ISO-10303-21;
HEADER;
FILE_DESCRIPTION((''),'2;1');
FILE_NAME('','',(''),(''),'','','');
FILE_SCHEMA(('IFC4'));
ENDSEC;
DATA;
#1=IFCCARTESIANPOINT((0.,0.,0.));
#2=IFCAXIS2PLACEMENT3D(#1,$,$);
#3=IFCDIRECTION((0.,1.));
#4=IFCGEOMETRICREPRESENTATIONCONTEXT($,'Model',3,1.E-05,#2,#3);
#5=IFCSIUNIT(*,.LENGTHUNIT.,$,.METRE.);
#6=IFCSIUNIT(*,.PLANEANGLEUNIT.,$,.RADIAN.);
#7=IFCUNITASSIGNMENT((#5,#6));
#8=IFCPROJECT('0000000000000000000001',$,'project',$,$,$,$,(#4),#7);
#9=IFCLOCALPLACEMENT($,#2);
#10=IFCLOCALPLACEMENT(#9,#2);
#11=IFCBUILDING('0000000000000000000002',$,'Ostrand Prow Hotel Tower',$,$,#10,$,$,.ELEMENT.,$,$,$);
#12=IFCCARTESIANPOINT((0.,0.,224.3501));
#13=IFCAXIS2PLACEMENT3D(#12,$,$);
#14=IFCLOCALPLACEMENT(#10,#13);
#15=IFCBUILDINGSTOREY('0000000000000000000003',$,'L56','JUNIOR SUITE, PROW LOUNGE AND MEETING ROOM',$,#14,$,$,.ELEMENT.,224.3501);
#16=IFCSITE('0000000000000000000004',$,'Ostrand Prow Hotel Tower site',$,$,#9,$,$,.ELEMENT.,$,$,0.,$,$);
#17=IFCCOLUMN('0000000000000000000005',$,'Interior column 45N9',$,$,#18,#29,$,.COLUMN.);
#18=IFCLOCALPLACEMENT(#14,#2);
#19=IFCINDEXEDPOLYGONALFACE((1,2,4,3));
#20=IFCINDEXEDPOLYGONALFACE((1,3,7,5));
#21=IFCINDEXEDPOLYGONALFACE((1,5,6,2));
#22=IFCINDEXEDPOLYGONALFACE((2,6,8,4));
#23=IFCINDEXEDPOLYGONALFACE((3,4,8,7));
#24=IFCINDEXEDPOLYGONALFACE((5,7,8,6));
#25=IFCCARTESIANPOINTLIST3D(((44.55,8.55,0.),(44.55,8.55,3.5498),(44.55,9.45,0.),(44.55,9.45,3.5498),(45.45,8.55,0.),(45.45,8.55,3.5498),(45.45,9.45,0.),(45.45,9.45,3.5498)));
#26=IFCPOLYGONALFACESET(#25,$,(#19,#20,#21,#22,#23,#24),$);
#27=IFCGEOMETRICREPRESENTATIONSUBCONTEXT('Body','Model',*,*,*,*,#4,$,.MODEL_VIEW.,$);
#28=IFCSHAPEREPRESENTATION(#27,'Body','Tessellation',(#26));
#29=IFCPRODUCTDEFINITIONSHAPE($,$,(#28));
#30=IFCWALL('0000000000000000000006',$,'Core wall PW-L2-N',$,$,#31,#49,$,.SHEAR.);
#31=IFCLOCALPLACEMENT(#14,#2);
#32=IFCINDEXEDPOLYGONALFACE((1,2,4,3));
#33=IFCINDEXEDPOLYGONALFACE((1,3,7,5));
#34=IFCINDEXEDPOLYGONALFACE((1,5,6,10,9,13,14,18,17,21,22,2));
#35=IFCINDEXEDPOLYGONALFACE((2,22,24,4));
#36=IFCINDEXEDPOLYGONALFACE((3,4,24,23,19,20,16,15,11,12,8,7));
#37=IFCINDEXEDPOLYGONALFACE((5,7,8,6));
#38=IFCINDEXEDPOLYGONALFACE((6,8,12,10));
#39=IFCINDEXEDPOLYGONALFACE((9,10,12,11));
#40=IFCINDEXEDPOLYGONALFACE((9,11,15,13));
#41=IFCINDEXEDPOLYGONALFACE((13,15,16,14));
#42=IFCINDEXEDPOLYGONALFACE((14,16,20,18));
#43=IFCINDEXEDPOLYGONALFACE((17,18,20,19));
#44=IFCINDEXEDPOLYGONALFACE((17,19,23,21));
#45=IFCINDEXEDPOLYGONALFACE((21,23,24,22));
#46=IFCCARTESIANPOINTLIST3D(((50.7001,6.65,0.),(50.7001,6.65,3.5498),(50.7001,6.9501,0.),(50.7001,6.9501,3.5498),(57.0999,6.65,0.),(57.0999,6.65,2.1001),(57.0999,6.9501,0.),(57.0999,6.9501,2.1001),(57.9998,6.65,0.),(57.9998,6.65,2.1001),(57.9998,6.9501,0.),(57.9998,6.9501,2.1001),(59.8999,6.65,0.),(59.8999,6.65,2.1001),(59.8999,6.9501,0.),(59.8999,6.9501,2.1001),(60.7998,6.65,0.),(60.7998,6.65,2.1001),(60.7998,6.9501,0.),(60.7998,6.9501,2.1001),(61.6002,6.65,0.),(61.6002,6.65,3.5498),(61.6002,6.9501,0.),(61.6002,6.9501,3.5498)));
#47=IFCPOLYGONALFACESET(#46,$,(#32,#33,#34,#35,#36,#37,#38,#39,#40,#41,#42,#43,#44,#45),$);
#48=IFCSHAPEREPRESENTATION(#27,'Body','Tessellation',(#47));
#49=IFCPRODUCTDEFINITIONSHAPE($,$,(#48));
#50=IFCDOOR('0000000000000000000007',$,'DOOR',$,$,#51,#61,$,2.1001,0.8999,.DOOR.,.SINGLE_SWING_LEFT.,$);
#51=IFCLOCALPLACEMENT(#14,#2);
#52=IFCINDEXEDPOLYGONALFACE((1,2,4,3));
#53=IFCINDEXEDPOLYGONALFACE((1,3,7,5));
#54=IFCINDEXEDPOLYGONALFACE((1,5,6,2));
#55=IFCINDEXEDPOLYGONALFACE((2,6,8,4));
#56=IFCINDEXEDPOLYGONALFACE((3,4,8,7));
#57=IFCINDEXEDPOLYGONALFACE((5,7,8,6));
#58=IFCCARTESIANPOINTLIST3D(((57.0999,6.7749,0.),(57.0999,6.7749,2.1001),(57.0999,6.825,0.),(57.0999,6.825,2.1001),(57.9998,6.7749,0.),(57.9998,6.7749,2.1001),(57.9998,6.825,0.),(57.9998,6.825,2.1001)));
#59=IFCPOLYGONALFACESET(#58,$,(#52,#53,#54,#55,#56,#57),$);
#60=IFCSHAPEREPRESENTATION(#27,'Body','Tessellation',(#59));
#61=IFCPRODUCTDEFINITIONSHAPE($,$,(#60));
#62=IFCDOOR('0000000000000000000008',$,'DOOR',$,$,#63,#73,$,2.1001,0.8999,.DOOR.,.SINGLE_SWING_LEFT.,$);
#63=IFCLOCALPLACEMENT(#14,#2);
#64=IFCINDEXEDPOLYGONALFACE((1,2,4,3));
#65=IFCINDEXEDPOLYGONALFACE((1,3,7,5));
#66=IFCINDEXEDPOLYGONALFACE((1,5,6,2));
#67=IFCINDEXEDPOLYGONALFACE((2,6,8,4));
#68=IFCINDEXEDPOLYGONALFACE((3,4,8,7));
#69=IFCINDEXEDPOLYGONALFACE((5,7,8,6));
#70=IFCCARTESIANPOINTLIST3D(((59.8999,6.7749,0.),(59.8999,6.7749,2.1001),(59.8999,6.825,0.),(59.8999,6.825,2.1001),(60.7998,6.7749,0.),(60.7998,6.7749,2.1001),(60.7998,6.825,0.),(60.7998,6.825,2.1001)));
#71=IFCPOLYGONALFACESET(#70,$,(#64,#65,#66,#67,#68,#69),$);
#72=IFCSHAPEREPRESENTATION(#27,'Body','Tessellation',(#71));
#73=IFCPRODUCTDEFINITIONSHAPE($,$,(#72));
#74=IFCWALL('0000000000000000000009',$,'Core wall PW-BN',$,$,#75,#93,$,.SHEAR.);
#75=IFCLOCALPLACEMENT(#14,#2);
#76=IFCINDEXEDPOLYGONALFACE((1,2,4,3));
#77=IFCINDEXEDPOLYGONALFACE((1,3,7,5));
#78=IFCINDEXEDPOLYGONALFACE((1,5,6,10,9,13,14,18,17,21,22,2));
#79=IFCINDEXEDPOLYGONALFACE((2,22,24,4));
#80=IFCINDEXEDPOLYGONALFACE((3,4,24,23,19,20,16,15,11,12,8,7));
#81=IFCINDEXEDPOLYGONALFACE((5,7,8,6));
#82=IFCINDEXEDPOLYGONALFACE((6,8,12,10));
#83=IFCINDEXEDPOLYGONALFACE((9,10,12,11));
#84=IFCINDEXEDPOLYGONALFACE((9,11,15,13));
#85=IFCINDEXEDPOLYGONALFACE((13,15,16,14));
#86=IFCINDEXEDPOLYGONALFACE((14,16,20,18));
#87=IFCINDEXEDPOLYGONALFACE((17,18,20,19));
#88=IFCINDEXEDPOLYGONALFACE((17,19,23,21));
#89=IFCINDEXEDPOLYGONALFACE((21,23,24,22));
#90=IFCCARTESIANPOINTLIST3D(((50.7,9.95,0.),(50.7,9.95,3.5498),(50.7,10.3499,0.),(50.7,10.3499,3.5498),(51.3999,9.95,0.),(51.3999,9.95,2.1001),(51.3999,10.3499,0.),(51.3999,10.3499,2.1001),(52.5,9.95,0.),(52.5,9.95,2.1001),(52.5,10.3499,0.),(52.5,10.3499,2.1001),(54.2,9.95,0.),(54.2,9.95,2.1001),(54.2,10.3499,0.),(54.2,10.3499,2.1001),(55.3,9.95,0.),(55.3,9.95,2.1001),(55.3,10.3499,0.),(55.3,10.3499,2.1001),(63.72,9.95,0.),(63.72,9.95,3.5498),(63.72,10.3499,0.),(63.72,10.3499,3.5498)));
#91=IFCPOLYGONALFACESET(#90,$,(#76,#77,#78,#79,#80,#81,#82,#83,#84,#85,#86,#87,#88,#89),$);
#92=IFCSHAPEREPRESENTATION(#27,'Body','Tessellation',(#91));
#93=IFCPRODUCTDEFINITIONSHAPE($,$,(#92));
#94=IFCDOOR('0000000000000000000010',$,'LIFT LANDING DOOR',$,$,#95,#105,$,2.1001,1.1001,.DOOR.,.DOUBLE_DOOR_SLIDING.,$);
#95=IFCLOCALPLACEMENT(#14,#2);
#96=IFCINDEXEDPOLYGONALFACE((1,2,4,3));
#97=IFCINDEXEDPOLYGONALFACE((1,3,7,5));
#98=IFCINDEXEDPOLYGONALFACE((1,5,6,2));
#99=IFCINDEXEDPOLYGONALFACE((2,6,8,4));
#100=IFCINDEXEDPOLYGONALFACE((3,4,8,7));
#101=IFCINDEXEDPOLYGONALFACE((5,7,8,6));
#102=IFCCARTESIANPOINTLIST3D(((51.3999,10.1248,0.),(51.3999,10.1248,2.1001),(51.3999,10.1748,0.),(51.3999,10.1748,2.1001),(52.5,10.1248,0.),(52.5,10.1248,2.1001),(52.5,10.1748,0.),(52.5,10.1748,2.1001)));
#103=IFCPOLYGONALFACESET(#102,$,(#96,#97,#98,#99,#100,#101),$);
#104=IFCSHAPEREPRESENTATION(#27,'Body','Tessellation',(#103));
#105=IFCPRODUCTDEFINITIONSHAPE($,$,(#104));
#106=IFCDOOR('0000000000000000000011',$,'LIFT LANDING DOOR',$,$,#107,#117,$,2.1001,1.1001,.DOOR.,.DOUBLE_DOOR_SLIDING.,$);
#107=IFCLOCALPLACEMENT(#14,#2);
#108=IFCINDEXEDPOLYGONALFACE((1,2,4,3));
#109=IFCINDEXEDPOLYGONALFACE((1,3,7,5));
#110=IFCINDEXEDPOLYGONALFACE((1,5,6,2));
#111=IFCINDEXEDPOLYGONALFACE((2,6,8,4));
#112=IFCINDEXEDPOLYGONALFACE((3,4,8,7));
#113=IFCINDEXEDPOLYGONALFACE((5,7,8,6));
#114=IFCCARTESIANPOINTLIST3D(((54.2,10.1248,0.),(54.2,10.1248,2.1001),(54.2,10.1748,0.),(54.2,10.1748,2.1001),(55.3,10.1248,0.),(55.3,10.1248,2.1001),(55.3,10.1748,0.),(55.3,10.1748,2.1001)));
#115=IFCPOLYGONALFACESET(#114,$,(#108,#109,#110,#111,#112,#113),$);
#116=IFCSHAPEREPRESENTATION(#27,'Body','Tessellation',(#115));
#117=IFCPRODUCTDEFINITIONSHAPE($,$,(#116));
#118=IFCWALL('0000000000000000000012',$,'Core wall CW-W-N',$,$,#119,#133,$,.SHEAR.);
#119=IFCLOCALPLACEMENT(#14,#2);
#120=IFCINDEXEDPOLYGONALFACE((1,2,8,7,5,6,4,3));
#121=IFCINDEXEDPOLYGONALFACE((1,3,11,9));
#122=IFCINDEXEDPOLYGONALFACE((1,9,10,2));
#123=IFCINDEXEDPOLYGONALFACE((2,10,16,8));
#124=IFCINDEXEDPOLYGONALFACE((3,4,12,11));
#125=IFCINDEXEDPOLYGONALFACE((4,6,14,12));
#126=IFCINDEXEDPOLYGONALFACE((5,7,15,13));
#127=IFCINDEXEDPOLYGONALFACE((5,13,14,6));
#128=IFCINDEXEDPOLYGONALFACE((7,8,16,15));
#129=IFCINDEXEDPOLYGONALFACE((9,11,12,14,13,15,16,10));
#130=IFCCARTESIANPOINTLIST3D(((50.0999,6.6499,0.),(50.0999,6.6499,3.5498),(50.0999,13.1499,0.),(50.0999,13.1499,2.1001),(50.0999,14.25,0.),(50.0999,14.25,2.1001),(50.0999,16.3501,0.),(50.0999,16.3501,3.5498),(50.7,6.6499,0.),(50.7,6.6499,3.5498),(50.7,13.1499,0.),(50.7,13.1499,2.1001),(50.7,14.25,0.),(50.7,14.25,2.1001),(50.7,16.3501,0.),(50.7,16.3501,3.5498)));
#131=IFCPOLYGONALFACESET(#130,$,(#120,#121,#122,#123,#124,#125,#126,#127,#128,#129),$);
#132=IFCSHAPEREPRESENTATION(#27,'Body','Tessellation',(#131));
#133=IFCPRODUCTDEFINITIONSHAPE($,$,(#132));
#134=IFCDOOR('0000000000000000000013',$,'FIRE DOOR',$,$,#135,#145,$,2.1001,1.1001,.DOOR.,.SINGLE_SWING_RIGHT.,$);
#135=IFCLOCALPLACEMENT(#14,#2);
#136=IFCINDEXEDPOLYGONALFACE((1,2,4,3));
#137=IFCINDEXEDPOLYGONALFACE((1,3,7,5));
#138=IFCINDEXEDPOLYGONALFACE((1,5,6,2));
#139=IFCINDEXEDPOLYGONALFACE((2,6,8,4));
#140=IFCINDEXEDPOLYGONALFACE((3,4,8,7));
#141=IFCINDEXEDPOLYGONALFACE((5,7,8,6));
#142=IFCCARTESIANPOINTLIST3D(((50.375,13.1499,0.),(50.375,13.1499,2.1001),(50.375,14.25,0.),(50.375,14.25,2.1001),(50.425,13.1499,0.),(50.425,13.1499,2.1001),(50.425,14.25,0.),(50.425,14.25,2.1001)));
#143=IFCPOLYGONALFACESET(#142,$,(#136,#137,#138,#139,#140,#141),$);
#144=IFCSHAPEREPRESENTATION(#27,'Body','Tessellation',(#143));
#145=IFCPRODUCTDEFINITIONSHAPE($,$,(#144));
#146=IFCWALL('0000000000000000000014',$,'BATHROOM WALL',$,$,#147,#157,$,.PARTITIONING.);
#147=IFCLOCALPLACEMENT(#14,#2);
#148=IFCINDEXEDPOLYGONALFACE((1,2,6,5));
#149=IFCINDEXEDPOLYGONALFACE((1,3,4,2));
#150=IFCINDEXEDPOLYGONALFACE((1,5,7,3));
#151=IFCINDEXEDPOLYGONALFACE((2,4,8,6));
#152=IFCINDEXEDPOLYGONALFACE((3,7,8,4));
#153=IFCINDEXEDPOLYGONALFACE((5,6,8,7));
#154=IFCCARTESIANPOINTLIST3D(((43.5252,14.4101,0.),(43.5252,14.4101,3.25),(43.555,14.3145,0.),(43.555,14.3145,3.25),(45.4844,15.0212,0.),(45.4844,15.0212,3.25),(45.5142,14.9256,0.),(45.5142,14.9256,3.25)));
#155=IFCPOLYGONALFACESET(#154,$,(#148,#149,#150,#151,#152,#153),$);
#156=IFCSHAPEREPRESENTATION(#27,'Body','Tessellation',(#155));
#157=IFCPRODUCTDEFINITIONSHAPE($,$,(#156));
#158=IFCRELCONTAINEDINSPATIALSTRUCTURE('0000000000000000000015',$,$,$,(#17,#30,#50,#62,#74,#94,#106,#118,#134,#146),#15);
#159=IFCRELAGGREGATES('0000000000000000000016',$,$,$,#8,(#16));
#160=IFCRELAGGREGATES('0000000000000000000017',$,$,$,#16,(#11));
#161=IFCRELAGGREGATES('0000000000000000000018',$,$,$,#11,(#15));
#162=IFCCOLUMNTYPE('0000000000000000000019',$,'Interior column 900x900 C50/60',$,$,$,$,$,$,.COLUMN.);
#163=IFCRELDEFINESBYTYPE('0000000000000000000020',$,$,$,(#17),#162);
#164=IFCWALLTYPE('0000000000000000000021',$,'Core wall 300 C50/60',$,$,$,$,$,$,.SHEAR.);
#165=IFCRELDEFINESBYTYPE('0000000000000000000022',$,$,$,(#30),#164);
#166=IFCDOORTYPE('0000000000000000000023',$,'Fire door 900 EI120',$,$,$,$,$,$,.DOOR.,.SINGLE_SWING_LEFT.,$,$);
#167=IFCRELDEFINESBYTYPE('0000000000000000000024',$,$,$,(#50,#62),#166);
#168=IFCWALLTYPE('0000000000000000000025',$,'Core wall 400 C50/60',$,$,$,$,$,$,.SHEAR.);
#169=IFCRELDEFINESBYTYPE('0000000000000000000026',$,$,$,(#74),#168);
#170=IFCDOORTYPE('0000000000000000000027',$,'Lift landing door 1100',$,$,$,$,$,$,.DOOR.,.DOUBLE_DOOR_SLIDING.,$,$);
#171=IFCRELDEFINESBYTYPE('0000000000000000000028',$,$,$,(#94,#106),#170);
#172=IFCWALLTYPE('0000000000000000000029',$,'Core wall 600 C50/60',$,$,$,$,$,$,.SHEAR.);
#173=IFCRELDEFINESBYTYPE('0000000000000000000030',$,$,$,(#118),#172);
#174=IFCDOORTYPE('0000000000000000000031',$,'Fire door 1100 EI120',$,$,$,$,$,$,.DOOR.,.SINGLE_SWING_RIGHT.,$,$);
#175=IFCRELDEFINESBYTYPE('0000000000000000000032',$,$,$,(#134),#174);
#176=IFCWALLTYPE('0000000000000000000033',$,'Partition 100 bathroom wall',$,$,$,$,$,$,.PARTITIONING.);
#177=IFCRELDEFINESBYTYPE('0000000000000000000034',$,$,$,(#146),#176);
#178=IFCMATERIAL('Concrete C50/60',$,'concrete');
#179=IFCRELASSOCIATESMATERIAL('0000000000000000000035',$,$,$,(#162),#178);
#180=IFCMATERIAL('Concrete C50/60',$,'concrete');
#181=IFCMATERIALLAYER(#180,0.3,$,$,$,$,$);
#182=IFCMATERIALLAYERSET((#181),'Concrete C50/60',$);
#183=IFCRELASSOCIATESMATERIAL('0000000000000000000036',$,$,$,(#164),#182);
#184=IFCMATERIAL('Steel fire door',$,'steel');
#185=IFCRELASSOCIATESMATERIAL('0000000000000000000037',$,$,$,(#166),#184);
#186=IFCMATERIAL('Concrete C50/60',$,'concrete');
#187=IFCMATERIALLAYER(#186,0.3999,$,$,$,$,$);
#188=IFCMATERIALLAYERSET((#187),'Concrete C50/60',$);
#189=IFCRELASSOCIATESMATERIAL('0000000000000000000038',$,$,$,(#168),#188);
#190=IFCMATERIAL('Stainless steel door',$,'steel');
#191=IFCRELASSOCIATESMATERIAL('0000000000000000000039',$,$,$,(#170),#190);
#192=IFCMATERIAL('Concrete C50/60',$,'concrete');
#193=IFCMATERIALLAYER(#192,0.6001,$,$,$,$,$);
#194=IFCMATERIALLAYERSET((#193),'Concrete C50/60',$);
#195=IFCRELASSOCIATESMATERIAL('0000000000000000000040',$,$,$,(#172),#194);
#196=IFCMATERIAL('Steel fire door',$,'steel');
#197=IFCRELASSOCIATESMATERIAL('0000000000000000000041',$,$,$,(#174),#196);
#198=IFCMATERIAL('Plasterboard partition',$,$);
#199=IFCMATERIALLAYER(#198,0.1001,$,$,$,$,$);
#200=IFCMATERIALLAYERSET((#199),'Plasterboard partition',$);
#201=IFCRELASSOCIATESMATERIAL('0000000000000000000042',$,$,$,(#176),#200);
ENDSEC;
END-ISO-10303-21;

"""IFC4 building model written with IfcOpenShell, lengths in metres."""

from ifc_helpers import new_model, si_unit, direction, frame, frame_2d, origin, origin_2d, place, context, subcontext, project, spatial, rectangle, extrude, material, layer, layer_set, material_profile, profile_set, type_object, element, fill, save


model = new_model("IFC4")

# Units and contexts
model_context = context("Model", 3, precision=1e-05, world=origin(), true_north=direction((0.0, 1.0)))
body_context = subcontext(model_context, "Body", "Model", "MODEL_VIEW")
ifc_project = project(units=[si_unit("LENGTHUNIT", "METRE"), si_unit("PLANEANGLEUNIT", "RADIAN")], contexts=[model_context])

# Site, building, storey
site_placement = place(None, origin())
site = spatial("IfcSite", under=ifc_project, at=site_placement, Name="Ostrand Prow Hotel Tower site", CompositionType="ELEMENT", RefElevation=0.0)
building_placement = place(site_placement, origin())
building = spatial("IfcBuilding", under=site, at=building_placement, Name="Ostrand Prow Hotel Tower", CompositionType="ELEMENT")
storey_placement = place(building_placement, frame((0.0, 0.0, 224.3501)))
storey = spatial("IfcBuildingStorey", under=building, at=storey_placement, Name="L56", Description="JUNIOR SUITE, PROW LOUNGE AND MEETING ROOM", CompositionType="ELEMENT", Elevation=224.3501)

# Column
ifc_material_1 = material(Name="Concrete C50/60", Category="concrete")
ifc_material_profile = material_profile(ifc_material_1, rectangle(XDim=0.8999, YDim=0.8999, at=origin_2d()), Name="RC 900x900")
ifc_profile_set = profile_set([ifc_material_profile], Name="Concrete C50/60")
column_type = type_object("IfcColumnType", Name="Interior column 900x900 C50/60", PredefinedType="COLUMN", material=ifc_profile_set)
column_placement = place(storey_placement, frame((45.0, 9.0, 0.0), z_axis=(0.0, 0.0, 1.0), x_axis=(1.0, 0.0, 0.0)))
element("IfcColumn", 1, at=column_placement, inside=storey, type_object=column_type, Name="Interior column 45N9", PredefinedType="COLUMN", context=body_context, shape_type="SweptSolid", body=[
    extrude(rectangle(XDim=0.8999, YDim=0.8999, at=origin_2d()), origin(), (0.0, 0.0, 1.0), 3.5498),
])

# Walls, openings, doors
ifc_material_2 = material(Name="Concrete C50/60", Category="concrete")
ifc_layer_1 = layer(ifc_material_2, 0.3)
ifc_layer_set_1 = layer_set([ifc_layer_1], Name="Concrete C50/60")
wall_type_1 = type_object("IfcWallType", Name="Core wall 300 C50/60", PredefinedType="SHEAR", material=ifc_layer_set_1)
wall_1_placement = place(storey_placement, frame((50.7, 6.8, 0.0), z_axis=(0.0, 0.0, 1.0), x_axis=(1.0, 0.0, 0.0)))
wall_1 = element("IfcWall", 2, at=wall_1_placement, inside=storey, type_object=wall_type_1, Name="Core wall PW-L2-N", PredefinedType="SHEAR", context=body_context, shape_type="SweptSolid", body=[
    extrude(rectangle(XDim=10.9001, YDim=0.3, at=frame_2d((5.4502, 0.0))), origin(), (0.0, 0.0, 1.0), 3.5498),
])
opening_1_placement = place(wall_1_placement, frame((6.3999, 0.0, 0.0)))
opening_1 = element("IfcOpeningElement", 3, at=opening_1_placement, cuts=wall_1, PredefinedType="OPENING", context=body_context, shape_type="SweptSolid", body=[
    extrude(rectangle(XDim=0.8999, YDim=2.1001, at=frame_2d((0.45, 1.05))), frame((0.0, 0.1599, 0.0), z_axis=(0.0, -1.0, 0.0), x_axis=(1.0, 0.0, 0.0)), (0.0, 0.0, 1.0), 0.3201),
])
opening_2_placement = place(wall_1_placement, frame((9.2, 0.0, 0.0)))
opening_2 = element("IfcOpeningElement", 4, at=opening_2_placement, cuts=wall_1, PredefinedType="OPENING", context=body_context, shape_type="SweptSolid", body=[
    extrude(rectangle(XDim=0.8999, YDim=2.1001, at=frame_2d((0.45, 1.05))), frame((0.0, 0.1599, 0.0), z_axis=(0.0, -1.0, 0.0), x_axis=(1.0, 0.0, 0.0)), (0.0, 0.0, 1.0), 0.3201),
])
ifc_material_3 = material(Name="Steel fire door", Category="steel")
door_type_1 = type_object("IfcDoorType", Name="Fire door 900 EI120", OperationType="SINGLE_SWING_LEFT", PredefinedType="DOOR", material=ifc_material_3)
door_1_placement = place(opening_1_placement, origin())
door_1 = element("IfcDoor", 5, at=door_1_placement, inside=storey, type_object=door_type_1, Name="DOOR", OperationType="SINGLE_SWING_LEFT", OverallHeight=2.1001, OverallWidth=0.8999, PredefinedType="DOOR", context=body_context, shape_type="SweptSolid", body=[
    extrude(rectangle(XDim=0.8999, YDim=2.1001, at=frame_2d((0.45, 1.05))), frame((0.0, 0.0249, 0.0), z_axis=(0.0, -1.0, 0.0), x_axis=(1.0, 0.0, 0.0)), (0.0, 0.0, 1.0), 0.05),
])
fill(opening_1, door_1)
door_2_placement = place(opening_2_placement, origin())
door_2 = element("IfcDoor", 6, at=door_2_placement, inside=storey, type_object=door_type_1, Name="DOOR", OperationType="SINGLE_SWING_LEFT", OverallHeight=2.1001, OverallWidth=0.8999, PredefinedType="DOOR", context=body_context, shape_type="SweptSolid", body=[
    extrude(rectangle(XDim=0.8999, YDim=2.1001, at=frame_2d((0.45, 1.05))), frame((0.0, 0.0249, 0.0), z_axis=(0.0, -1.0, 0.0), x_axis=(1.0, 0.0, 0.0)), (0.0, 0.0, 1.0), 0.05),
])
fill(opening_2, door_2)
ifc_material_4 = material(Name="Concrete C50/60", Category="concrete")
ifc_layer_2 = layer(ifc_material_4, 0.3999)
ifc_layer_set_2 = layer_set([ifc_layer_2], Name="Concrete C50/60")
wall_type_2 = type_object("IfcWallType", Name="Core wall 400 C50/60", PredefinedType="SHEAR", material=ifc_layer_set_2)
wall_2_placement = place(storey_placement, frame((50.7, 10.1499, 0.0), z_axis=(0.0, 0.0, 1.0), x_axis=(1.0, 0.0, 0.0)))
wall_2 = element("IfcWall", 7, at=wall_2_placement, inside=storey, type_object=wall_type_2, Name="Core wall PW-BN", PredefinedType="SHEAR", context=body_context, shape_type="SweptSolid", body=[
    extrude(rectangle(XDim=13.02, YDim=0.3999, at=frame_2d((6.51, 0.0))), origin(), (0.0, 0.0, 1.0), 3.5498),
])
opening_3_placement = place(wall_2_placement, frame((0.7, 0.0, 0.0)))
opening_3 = element("IfcOpeningElement", 8, at=opening_3_placement, cuts=wall_2, PredefinedType="OPENING", context=body_context, shape_type="SweptSolid", body=[
    extrude(rectangle(XDim=1.1001, YDim=2.1001, at=frame_2d((0.55, 1.05))), frame((0.0, 0.21, 0.0), z_axis=(0.0, -1.0, 0.0), x_axis=(1.0, 0.0, 0.0)), (0.0, 0.0, 1.0), 0.4199),
])
opening_4_placement = place(wall_2_placement, frame((3.5, 0.0, 0.0)))
opening_4 = element("IfcOpeningElement", 9, at=opening_4_placement, cuts=wall_2, PredefinedType="OPENING", context=body_context, shape_type="SweptSolid", body=[
    extrude(rectangle(XDim=1.1001, YDim=2.1001, at=frame_2d((0.55, 1.05))), frame((0.0, 0.21, 0.0), z_axis=(0.0, -1.0, 0.0), x_axis=(1.0, 0.0, 0.0)), (0.0, 0.0, 1.0), 0.4199),
])
ifc_material_5 = material(Name="Stainless steel door", Category="steel")
door_type_2 = type_object("IfcDoorType", Name="Lift landing door 1100", OperationType="DOUBLE_DOOR_SLIDING", PredefinedType="DOOR", material=ifc_material_5)
door_3_placement = place(opening_3_placement, origin())
door_3 = element("IfcDoor", 10, at=door_3_placement, inside=storey, type_object=door_type_2, Name="LIFT LANDING DOOR", OperationType="DOUBLE_DOOR_SLIDING", OverallHeight=2.1001, OverallWidth=1.1001, PredefinedType="DOOR", context=body_context, shape_type="SweptSolid", body=[
    extrude(rectangle(XDim=1.1001, YDim=2.1001, at=frame_2d((0.55, 1.05))), frame((0.0, 0.0249, 0.0), z_axis=(0.0, -1.0, 0.0), x_axis=(1.0, 0.0, 0.0)), (0.0, 0.0, 1.0), 0.05),
])
fill(opening_3, door_3)
door_4_placement = place(opening_4_placement, origin())
door_4 = element("IfcDoor", 11, at=door_4_placement, inside=storey, type_object=door_type_2, Name="LIFT LANDING DOOR", OperationType="DOUBLE_DOOR_SLIDING", OverallHeight=2.1001, OverallWidth=1.1001, PredefinedType="DOOR", context=body_context, shape_type="SweptSolid", body=[
    extrude(rectangle(XDim=1.1001, YDim=2.1001, at=frame_2d((0.55, 1.05))), frame((0.0, 0.0249, 0.0), z_axis=(0.0, -1.0, 0.0), x_axis=(1.0, 0.0, 0.0)), (0.0, 0.0, 1.0), 0.05),
])
fill(opening_4, door_4)

# Wall, opening, door
ifc_material_6 = material(Name="Concrete C50/60", Category="concrete")
ifc_layer_3 = layer(ifc_material_6, 0.6001)
ifc_layer_set_3 = layer_set([ifc_layer_3], Name="Concrete C50/60")
wall_type_3 = type_object("IfcWallType", Name="Core wall 600 C50/60", PredefinedType="SHEAR", material=ifc_layer_set_3)
wall_3_placement = place(storey_placement, frame((50.3999, 6.6499, 0.0), z_axis=(0.0, 0.0, 1.0), x_axis=(0.0, 1.0, 0.0)))
wall_3 = element("IfcWall", 12, at=wall_3_placement, inside=storey, type_object=wall_type_3, Name="Core wall CW-W-N", PredefinedType="SHEAR", context=body_context, shape_type="SweptSolid", body=[
    extrude(rectangle(XDim=9.7002, YDim=0.6001, at=frame_2d((4.8501, 0.0))), origin(), (0.0, 0.0, 1.0), 3.5498),
])
opening_5_placement = place(wall_3_placement, frame((6.5, 0.0, 0.0)))
opening_5 = element("IfcOpeningElement", 13, at=opening_5_placement, cuts=wall_3, PredefinedType="OPENING", context=body_context, shape_type="SweptSolid", body=[
    extrude(rectangle(XDim=1.1001, YDim=2.1001, at=frame_2d((0.55, 1.05))), frame((0.0, 0.3101, 0.0), z_axis=(0.0, -1.0, 0.0), x_axis=(1.0, 0.0, 0.0)), (0.0, 0.0, 1.0), 0.6201),
])
ifc_material_7 = material(Name="Steel fire door", Category="steel")
door_type_3 = type_object("IfcDoorType", Name="Fire door 1100 EI120", OperationType="SINGLE_SWING_RIGHT", PredefinedType="DOOR", material=ifc_material_7)
door_5_placement = place(opening_5_placement, origin())
door_5 = element("IfcDoor", 14, at=door_5_placement, inside=storey, type_object=door_type_3, Name="FIRE DOOR", OperationType="SINGLE_SWING_RIGHT", OverallHeight=2.1001, OverallWidth=1.1001, PredefinedType="DOOR", context=body_context, shape_type="SweptSolid", body=[
    extrude(rectangle(XDim=1.1001, YDim=2.1001, at=frame_2d((0.55, 1.05))), frame((0.0, 0.0249, 0.0), z_axis=(0.0, -1.0, 0.0), x_axis=(1.0, 0.0, 0.0)), (0.0, 0.0, 1.0), 0.05),
])
fill(opening_5, door_5)

# Wall
ifc_material_8 = material(Name="Plasterboard partition")
ifc_layer_4 = layer(ifc_material_8, 0.1001)
ifc_layer_set_4 = layer_set([ifc_layer_4], Name="Plasterboard partition")
wall_type_4 = type_object("IfcWallType", Name="Partition 100 bathroom wall", PredefinedType="PARTITIONING", material=ifc_layer_set_4)
wall_4_placement = place(storey_placement, frame((45.4993, 14.9734, 0.0), z_axis=(0.0, 0.0, 1.0), x_axis=(-0.954643, -0.297753, 0.0)))
element("IfcWall", 15, at=wall_4_placement, inside=storey, type_object=wall_type_4, Name="BATHROOM WALL", PredefinedType="PARTITIONING", context=body_context, shape_type="SweptSolid", body=[
    extrude(rectangle(XDim=2.0522, YDim=0.1001, at=frame_2d((1.0261, 0.0))), origin(), (0.0, 0.0, 1.0), 3.25),
])

save(model, "model.ifc")
